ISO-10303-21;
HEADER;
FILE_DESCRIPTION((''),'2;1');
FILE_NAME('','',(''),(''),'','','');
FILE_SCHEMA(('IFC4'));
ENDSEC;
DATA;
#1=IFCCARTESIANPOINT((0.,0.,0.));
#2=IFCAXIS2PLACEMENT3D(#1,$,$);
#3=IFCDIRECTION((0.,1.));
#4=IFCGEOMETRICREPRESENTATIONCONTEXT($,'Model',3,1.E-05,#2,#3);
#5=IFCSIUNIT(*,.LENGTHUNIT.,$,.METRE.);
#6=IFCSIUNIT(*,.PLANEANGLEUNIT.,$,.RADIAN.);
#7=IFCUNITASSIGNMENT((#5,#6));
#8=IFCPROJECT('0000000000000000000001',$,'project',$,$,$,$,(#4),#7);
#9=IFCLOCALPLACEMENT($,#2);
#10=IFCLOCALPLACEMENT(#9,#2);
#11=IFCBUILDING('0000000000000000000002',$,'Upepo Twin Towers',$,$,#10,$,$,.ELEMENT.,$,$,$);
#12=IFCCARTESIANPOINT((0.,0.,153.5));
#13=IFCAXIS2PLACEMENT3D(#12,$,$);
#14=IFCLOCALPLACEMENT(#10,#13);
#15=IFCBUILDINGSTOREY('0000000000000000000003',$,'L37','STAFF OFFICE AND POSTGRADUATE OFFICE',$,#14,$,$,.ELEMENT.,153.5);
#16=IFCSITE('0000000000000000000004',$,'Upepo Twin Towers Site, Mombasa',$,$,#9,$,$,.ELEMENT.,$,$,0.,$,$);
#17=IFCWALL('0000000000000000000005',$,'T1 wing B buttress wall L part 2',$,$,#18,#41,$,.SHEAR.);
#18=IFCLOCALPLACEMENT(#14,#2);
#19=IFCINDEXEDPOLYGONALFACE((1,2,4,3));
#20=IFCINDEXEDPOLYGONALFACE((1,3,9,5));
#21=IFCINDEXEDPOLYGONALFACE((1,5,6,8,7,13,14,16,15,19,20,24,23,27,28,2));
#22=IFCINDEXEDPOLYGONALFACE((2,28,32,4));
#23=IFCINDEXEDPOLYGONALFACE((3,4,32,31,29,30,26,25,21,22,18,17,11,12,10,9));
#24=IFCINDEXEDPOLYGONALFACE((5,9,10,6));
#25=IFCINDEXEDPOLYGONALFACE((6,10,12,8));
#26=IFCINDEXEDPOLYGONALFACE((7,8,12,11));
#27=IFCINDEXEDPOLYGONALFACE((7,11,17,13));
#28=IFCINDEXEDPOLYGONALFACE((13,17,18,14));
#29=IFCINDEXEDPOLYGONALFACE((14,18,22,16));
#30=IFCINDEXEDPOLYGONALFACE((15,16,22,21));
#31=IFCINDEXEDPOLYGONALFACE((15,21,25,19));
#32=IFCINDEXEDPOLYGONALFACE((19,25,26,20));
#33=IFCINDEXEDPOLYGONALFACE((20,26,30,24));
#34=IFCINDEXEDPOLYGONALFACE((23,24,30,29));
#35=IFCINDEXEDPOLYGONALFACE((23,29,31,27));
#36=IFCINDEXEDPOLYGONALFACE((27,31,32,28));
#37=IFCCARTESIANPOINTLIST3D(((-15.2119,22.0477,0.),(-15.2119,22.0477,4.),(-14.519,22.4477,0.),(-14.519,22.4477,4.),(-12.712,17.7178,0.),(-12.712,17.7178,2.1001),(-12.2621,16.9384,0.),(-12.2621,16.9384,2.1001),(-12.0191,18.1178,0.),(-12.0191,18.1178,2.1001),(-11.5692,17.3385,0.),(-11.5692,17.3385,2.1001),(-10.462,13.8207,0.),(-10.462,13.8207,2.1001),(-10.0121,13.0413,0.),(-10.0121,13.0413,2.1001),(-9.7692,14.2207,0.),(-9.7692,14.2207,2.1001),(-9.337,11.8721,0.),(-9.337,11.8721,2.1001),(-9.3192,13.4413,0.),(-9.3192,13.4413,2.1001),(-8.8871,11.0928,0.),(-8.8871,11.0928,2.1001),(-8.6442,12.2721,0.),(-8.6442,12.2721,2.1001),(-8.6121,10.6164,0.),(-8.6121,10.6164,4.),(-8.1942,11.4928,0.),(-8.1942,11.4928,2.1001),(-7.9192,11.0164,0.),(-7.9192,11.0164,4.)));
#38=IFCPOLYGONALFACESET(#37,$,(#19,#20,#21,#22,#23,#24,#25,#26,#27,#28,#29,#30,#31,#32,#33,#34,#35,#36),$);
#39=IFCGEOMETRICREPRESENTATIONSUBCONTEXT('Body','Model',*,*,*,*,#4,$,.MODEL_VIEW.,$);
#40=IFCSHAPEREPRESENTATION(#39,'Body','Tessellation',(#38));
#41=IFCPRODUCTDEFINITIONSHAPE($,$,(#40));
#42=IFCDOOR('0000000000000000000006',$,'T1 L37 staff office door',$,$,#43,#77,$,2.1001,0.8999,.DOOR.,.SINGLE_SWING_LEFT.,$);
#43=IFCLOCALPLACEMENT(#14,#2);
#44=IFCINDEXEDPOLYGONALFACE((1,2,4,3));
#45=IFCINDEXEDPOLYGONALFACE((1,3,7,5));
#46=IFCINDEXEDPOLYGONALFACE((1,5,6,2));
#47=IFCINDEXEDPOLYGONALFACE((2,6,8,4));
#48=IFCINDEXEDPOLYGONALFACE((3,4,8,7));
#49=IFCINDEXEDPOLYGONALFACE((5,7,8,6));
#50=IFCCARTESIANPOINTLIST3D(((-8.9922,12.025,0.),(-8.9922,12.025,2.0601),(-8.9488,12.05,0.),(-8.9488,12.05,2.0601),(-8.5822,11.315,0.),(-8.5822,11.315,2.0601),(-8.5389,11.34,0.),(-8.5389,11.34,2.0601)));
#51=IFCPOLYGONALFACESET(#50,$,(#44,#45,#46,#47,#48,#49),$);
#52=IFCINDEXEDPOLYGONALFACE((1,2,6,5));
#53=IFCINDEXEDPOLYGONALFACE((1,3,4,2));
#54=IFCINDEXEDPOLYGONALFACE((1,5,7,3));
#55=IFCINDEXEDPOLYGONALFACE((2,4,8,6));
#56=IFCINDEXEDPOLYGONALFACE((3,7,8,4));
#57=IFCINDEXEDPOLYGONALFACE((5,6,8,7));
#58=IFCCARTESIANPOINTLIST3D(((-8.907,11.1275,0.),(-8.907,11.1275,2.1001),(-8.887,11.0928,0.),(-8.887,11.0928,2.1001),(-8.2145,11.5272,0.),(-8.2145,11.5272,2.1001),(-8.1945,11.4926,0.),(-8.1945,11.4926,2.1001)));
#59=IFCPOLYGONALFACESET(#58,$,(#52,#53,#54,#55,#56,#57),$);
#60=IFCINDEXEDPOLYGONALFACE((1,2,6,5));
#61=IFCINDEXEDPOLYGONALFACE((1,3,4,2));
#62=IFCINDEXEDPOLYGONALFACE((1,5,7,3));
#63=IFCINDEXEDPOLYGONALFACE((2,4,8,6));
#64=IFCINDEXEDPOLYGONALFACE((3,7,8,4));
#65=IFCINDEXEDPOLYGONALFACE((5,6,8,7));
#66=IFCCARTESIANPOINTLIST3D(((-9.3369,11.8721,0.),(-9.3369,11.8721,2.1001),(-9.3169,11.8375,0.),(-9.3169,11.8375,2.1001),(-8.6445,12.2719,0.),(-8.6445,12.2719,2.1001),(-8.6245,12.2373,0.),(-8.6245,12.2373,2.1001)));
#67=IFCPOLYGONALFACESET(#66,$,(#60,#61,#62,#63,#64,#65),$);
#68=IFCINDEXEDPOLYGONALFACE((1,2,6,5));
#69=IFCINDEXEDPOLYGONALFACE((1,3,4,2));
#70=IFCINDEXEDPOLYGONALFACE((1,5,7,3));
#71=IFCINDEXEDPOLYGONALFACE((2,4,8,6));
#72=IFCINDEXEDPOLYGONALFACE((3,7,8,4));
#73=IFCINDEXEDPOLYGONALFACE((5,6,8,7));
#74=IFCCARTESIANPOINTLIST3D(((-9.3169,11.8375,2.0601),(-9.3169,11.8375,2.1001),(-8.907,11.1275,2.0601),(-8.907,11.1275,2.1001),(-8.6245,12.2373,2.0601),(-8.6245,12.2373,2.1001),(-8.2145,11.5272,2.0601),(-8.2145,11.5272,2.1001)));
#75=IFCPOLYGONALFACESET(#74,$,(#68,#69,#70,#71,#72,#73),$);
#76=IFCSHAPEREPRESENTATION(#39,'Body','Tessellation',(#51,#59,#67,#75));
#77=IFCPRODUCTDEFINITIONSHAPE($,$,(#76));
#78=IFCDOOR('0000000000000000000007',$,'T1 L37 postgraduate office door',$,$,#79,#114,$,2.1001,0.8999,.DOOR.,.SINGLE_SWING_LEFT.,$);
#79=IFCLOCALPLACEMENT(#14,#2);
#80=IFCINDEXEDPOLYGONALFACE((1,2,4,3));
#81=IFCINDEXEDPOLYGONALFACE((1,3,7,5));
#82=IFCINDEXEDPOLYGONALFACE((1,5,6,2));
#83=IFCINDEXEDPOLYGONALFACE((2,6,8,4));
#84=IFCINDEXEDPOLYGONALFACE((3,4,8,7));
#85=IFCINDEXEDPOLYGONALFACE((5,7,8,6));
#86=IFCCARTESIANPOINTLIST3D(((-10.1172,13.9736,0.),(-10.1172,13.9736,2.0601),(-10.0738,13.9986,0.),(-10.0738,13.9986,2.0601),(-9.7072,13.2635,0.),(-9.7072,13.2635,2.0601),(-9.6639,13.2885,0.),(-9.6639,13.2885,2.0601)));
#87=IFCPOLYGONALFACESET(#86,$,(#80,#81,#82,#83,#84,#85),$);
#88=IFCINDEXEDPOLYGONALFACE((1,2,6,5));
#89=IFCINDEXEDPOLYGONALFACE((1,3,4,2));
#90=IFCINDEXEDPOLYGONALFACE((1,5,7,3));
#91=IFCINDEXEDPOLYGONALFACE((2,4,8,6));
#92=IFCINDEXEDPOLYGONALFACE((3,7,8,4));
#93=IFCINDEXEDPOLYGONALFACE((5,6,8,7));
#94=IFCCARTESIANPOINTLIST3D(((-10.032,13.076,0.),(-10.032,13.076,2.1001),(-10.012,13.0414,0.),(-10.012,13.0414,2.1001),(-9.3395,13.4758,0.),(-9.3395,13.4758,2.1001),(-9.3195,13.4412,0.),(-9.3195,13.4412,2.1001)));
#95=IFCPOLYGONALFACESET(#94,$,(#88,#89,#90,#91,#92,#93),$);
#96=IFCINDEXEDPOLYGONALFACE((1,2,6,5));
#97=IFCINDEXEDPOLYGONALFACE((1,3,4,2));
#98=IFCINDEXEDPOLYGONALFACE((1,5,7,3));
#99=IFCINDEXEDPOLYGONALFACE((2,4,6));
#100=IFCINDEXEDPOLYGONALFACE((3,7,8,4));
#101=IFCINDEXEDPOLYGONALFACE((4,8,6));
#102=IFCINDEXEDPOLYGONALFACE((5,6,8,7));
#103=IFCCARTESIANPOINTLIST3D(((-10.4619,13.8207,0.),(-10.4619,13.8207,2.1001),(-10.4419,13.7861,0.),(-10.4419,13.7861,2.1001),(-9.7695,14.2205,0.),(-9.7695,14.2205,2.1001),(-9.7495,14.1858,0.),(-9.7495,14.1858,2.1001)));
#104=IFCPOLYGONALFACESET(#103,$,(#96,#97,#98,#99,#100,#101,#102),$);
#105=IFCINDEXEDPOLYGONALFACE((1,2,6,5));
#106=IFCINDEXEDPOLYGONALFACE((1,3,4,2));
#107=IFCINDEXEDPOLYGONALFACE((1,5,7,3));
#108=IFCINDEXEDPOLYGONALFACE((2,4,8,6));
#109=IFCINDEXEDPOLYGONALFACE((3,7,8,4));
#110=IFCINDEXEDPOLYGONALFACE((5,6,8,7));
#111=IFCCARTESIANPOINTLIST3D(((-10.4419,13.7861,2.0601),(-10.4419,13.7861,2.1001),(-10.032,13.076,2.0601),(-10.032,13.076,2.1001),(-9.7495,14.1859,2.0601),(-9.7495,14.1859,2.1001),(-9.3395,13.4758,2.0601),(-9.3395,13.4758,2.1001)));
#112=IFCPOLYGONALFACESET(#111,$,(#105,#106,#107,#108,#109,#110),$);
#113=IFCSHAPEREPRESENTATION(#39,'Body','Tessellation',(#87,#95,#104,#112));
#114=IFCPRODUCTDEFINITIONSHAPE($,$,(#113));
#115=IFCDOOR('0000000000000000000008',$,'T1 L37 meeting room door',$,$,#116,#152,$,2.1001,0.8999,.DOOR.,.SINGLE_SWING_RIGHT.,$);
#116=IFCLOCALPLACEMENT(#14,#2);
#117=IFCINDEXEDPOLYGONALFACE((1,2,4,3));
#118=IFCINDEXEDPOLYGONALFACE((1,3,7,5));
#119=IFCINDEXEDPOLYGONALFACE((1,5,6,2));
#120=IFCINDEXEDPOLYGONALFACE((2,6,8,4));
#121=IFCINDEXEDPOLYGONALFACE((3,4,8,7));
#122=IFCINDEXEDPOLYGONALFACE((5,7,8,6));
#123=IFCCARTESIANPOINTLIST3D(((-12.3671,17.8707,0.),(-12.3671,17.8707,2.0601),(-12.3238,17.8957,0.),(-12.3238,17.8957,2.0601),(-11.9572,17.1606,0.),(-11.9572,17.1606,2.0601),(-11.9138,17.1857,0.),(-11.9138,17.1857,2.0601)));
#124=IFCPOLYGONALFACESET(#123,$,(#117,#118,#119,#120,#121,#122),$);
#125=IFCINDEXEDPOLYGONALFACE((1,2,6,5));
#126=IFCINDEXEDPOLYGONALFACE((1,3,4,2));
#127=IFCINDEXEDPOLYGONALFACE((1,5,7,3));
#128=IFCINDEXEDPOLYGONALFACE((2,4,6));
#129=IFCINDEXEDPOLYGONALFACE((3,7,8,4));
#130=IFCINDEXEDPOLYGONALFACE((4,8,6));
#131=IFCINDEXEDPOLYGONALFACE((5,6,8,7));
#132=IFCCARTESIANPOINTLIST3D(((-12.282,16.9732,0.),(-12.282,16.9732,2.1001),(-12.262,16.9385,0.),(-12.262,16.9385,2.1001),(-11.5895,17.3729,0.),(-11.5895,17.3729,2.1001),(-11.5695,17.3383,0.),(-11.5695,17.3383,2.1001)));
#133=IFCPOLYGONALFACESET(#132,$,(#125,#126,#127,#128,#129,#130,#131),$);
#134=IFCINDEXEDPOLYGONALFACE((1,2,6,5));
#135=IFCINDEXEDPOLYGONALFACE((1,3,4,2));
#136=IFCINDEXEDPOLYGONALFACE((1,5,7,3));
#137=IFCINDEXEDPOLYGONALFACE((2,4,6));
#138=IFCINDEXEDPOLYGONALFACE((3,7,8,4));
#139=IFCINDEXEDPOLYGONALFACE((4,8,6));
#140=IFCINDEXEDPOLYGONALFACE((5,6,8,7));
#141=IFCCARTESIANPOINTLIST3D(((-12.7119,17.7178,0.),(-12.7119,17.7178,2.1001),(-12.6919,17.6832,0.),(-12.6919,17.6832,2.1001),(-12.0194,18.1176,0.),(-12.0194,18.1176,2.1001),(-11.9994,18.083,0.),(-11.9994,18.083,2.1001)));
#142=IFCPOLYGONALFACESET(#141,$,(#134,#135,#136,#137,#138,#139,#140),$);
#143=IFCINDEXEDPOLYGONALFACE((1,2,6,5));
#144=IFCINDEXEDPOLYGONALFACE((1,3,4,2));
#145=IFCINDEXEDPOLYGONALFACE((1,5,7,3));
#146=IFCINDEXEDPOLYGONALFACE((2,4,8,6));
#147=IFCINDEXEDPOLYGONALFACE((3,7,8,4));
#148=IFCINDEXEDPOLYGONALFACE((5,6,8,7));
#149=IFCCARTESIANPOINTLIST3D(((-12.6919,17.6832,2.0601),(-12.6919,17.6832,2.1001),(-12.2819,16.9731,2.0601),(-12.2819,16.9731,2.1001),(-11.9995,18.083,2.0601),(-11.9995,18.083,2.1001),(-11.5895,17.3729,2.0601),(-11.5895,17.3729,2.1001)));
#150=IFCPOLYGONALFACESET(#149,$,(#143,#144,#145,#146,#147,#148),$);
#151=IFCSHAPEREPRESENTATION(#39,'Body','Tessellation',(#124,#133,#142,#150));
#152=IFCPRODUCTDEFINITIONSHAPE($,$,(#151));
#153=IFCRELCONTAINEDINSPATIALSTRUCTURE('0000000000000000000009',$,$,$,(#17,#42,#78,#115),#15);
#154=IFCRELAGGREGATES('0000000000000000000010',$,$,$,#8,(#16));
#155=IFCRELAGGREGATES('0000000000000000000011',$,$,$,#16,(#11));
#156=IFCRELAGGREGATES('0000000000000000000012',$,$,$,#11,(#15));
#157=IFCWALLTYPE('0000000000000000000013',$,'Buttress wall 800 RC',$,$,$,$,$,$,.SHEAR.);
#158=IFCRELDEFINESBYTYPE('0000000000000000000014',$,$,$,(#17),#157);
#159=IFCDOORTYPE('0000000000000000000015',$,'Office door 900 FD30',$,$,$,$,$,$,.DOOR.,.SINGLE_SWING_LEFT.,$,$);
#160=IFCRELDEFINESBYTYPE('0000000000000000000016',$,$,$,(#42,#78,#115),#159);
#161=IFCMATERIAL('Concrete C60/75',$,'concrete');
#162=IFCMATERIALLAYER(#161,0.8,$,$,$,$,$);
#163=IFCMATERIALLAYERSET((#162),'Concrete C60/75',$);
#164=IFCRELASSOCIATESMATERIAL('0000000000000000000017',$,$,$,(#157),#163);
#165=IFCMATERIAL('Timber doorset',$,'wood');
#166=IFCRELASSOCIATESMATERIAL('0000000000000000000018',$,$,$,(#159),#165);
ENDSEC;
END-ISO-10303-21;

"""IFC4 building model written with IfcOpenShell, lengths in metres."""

from ifc_helpers import new_model, si_unit, direction, frame, frame_2d, origin, place, context, subcontext, project, spatial, rectangle, extrude, material, layer, layer_set, type_object, element, fill, save


model = new_model("IFC4")

# Units and contexts
model_context = context("Model", 3, precision=1e-05, world=origin(), true_north=direction((0.0, 1.0)))
body_context = subcontext(model_context, "Body", "Model", "MODEL_VIEW")
ifc_project = project(units=[si_unit("LENGTHUNIT", "METRE"), si_unit("PLANEANGLEUNIT", "RADIAN")], contexts=[model_context])

# Site, building, storey
site_placement = place(None, origin())
site = spatial("IfcSite", under=ifc_project, at=site_placement, Name="Upepo Twin Towers Site, Mombasa", CompositionType="ELEMENT", RefElevation=0.0)
building_placement = place(site_placement, origin())
building = spatial("IfcBuilding", under=site, at=building_placement, Name="Upepo Twin Towers", CompositionType="ELEMENT")
storey_placement = place(building_placement, frame((0.0, 0.0, 153.5)))
storey = spatial("IfcBuildingStorey", under=building, at=storey_placement, Name="L37", Description="STAFF OFFICE AND POSTGRADUATE OFFICE", CompositionType="ELEMENT", Elevation=153.5)

# Wall, openings, doors
ifc_material_1 = material(Name="Concrete C60/75", Category="concrete")
ifc_layer_1 = layer(ifc_material_1, 0.8)
ifc_layer_set_1 = layer_set([ifc_layer_1], Name="Concrete C60/75")
wall_type_1 = type_object("IfcWallType", Name="Buttress wall 800 RC", PredefinedType="SHEAR", material=ifc_layer_set_1)
wall_1_placement = place(storey_placement, frame((-8.2656, 10.8164, 0.0), z_axis=(0.0, 0.0, 1.0), x_axis=(-0.499996, 0.866028, 0.0)))
wall_1 = element("IfcWall", 1, at=wall_1_placement, inside=storey, type_object=wall_type_1, Name="T1 wing B buttress wall L part 2", PredefinedType="SHEAR", context=body_context, shape_type="SweptSolid", body=[
    extrude(rectangle(XDim=13.1997, YDim=0.8, at=frame_2d((6.5999, 0.0))), origin(), (0.0, 0.0, 1.0), 4.0),
])
opening_1_placement = place(wall_1_placement, frame((0.55, 0.0, 0.0)))
opening_1 = element("IfcOpeningElement", 2, at=opening_1_placement, cuts=wall_1, PredefinedType="OPENING", context=body_context, shape_type="SweptSolid", body=[
    extrude(rectangle(XDim=0.8999, YDim=2.1001, at=frame_2d((0.45, 1.05))), frame((0.0, 0.4099, 0.0), z_axis=(0.0, -1.0, 0.0), x_axis=(1.0, 0.0, 0.0)), (0.0, 0.0, 1.0), 0.8201),
])
opening_2_placement = place(wall_1_placement, frame((2.8, 0.0, 0.0)))
opening_2 = element("IfcOpeningElement", 3, at=opening_2_placement, cuts=wall_1, PredefinedType="OPENING", context=body_context, shape_type="SweptSolid", body=[
    extrude(rectangle(XDim=0.8999, YDim=2.1001, at=frame_2d((0.45, 1.05))), frame((0.0, 0.4099, 0.0), z_axis=(0.0, -1.0, 0.0), x_axis=(1.0, 0.0, 0.0)), (0.0, 0.0, 1.0), 0.8201),
])
opening_3_placement = place(wall_1_placement, frame((7.3, 0.0, 0.0)))
opening_3 = element("IfcOpeningElement", 4, at=opening_3_placement, cuts=wall_1, PredefinedType="OPENING", context=body_context, shape_type="SweptSolid", body=[
    extrude(rectangle(XDim=0.8999, YDim=2.1001, at=frame_2d((0.45, 1.05))), frame((0.0, 0.4099, 0.0), z_axis=(0.0, -1.0, 0.0), x_axis=(1.0, 0.0, 0.0)), (0.0, 0.0, 1.0), 0.8201),
])
ifc_material_2 = material(Name="Timber doorset", Category="wood")
door_type_1 = type_object("IfcDoorType", Name="Office door 900 FD30", OperationType="SINGLE_SWING_LEFT", PredefinedType="DOOR", material=ifc_material_2)
door_1_placement = place(opening_1_placement, origin())
door_1 = element("IfcDoor", 5, at=door_1_placement, inside=storey, type_object=door_type_1, Name="T1 L37 staff office door", OperationType="SINGLE_SWING_LEFT", OverallHeight=2.1001, OverallWidth=0.8999, PredefinedType="DOOR", context=body_context, shape_type="SweptSolid", body=[
    extrude(rectangle(XDim=0.8199, YDim=2.0601, at=frame_2d((0.45, 1.03))), frame((0.0, 0.0249, 0.0), z_axis=(0.0, -1.0, 0.0), x_axis=(1.0, 0.0, 0.0)), (0.0, 0.0, 1.0), 0.05),
    extrude(rectangle(XDim=0.04, YDim=2.1001, at=frame_2d((0.02, 1.05))), frame((0.0, 0.3999, 0.0), z_axis=(0.0, -1.0, 0.0), x_axis=(1.0, 0.0, 0.0)), (0.0, 0.0, 1.0), 0.7996),
    extrude(rectangle(XDim=0.04, YDim=2.1001, at=frame_2d((0.8799, 1.05))), frame((0.0, 0.3999, 0.0), z_axis=(0.0, -1.0, 0.0), x_axis=(1.0, 0.0, 0.0)), (0.0, 0.0, 1.0), 0.7996),
    extrude(rectangle(XDim=0.8199, YDim=0.04, at=frame_2d((0.45, 2.0801))), frame((0.0, 0.3999, 0.0), z_axis=(0.0, -1.0, 0.0), x_axis=(1.0, 0.0, 0.0)), (0.0, 0.0, 1.0), 0.7996),
])
fill(opening_1, door_1)
door_2_placement = place(opening_2_placement, origin())
door_2 = element("IfcDoor", 6, at=door_2_placement, inside=storey, type_object=door_type_1, Name="T1 L37 postgraduate office door", OperationType="SINGLE_SWING_LEFT", OverallHeight=2.1001, OverallWidth=0.8999, PredefinedType="DOOR", context=body_context, shape_type="SweptSolid", body=[
    extrude(rectangle(XDim=0.8199, YDim=2.0601, at=frame_2d((0.45, 1.03))), frame((0.0, 0.0249, 0.0), z_axis=(0.0, -1.0, 0.0), x_axis=(1.0, 0.0, 0.0)), (0.0, 0.0, 1.0), 0.05),
    extrude(rectangle(XDim=0.04, YDim=2.1001, at=frame_2d((0.02, 1.05))), frame((0.0, 0.3999, 0.0), z_axis=(0.0, -1.0, 0.0), x_axis=(1.0, 0.0, 0.0)), (0.0, 0.0, 1.0), 0.7996),
    extrude(rectangle(XDim=0.04, YDim=2.1001, at=frame_2d((0.8799, 1.05))), frame((0.0, 0.3999, 0.0), z_axis=(0.0, -1.0, 0.0), x_axis=(1.0, 0.0, 0.0)), (0.0, 0.0, 1.0), 0.7996),
    extrude(rectangle(XDim=0.8199, YDim=0.04, at=frame_2d((0.45, 2.0801))), frame((0.0, 0.3999, 0.0), z_axis=(0.0, -1.0, 0.0), x_axis=(1.0, 0.0, 0.0)), (0.0, 0.0, 1.0), 0.7996),
])
fill(opening_2, door_2)
door_3_placement = place(opening_3_placement, origin())
door_3 = element("IfcDoor", 7, at=door_3_placement, inside=storey, type_object=door_type_1, Name="T1 L37 meeting room door", OperationType="SINGLE_SWING_RIGHT", OverallHeight=2.1001, OverallWidth=0.8999, PredefinedType="DOOR", context=body_context, shape_type="SweptSolid", body=[
    extrude(rectangle(XDim=0.8199, YDim=2.0601, at=frame_2d((0.45, 1.03))), frame((0.0, 0.0249, 0.0), z_axis=(0.0, -1.0, 0.0), x_axis=(1.0, 0.0, 0.0)), (0.0, 0.0, 1.0), 0.05),
    extrude(rectangle(XDim=0.04, YDim=2.1001, at=frame_2d((0.02, 1.05))), frame((0.0, 0.3999, 0.0), z_axis=(0.0, -1.0, 0.0), x_axis=(1.0, 0.0, 0.0)), (0.0, 0.0, 1.0), 0.7996),
    extrude(rectangle(XDim=0.04, YDim=2.1001, at=frame_2d((0.8799, 1.05))), frame((0.0, 0.3999, 0.0), z_axis=(0.0, -1.0, 0.0), x_axis=(1.0, 0.0, 0.0)), (0.0, 0.0, 1.0), 0.7996),
    extrude(rectangle(XDim=0.8199, YDim=0.04, at=frame_2d((0.45, 2.0801))), frame((0.0, 0.3999, 0.0), z_axis=(0.0, -1.0, 0.0), x_axis=(1.0, 0.0, 0.0)), (0.0, 0.0, 1.0), 0.7996),
])
fill(opening_3, door_3)

save(model, "model.ifc")
